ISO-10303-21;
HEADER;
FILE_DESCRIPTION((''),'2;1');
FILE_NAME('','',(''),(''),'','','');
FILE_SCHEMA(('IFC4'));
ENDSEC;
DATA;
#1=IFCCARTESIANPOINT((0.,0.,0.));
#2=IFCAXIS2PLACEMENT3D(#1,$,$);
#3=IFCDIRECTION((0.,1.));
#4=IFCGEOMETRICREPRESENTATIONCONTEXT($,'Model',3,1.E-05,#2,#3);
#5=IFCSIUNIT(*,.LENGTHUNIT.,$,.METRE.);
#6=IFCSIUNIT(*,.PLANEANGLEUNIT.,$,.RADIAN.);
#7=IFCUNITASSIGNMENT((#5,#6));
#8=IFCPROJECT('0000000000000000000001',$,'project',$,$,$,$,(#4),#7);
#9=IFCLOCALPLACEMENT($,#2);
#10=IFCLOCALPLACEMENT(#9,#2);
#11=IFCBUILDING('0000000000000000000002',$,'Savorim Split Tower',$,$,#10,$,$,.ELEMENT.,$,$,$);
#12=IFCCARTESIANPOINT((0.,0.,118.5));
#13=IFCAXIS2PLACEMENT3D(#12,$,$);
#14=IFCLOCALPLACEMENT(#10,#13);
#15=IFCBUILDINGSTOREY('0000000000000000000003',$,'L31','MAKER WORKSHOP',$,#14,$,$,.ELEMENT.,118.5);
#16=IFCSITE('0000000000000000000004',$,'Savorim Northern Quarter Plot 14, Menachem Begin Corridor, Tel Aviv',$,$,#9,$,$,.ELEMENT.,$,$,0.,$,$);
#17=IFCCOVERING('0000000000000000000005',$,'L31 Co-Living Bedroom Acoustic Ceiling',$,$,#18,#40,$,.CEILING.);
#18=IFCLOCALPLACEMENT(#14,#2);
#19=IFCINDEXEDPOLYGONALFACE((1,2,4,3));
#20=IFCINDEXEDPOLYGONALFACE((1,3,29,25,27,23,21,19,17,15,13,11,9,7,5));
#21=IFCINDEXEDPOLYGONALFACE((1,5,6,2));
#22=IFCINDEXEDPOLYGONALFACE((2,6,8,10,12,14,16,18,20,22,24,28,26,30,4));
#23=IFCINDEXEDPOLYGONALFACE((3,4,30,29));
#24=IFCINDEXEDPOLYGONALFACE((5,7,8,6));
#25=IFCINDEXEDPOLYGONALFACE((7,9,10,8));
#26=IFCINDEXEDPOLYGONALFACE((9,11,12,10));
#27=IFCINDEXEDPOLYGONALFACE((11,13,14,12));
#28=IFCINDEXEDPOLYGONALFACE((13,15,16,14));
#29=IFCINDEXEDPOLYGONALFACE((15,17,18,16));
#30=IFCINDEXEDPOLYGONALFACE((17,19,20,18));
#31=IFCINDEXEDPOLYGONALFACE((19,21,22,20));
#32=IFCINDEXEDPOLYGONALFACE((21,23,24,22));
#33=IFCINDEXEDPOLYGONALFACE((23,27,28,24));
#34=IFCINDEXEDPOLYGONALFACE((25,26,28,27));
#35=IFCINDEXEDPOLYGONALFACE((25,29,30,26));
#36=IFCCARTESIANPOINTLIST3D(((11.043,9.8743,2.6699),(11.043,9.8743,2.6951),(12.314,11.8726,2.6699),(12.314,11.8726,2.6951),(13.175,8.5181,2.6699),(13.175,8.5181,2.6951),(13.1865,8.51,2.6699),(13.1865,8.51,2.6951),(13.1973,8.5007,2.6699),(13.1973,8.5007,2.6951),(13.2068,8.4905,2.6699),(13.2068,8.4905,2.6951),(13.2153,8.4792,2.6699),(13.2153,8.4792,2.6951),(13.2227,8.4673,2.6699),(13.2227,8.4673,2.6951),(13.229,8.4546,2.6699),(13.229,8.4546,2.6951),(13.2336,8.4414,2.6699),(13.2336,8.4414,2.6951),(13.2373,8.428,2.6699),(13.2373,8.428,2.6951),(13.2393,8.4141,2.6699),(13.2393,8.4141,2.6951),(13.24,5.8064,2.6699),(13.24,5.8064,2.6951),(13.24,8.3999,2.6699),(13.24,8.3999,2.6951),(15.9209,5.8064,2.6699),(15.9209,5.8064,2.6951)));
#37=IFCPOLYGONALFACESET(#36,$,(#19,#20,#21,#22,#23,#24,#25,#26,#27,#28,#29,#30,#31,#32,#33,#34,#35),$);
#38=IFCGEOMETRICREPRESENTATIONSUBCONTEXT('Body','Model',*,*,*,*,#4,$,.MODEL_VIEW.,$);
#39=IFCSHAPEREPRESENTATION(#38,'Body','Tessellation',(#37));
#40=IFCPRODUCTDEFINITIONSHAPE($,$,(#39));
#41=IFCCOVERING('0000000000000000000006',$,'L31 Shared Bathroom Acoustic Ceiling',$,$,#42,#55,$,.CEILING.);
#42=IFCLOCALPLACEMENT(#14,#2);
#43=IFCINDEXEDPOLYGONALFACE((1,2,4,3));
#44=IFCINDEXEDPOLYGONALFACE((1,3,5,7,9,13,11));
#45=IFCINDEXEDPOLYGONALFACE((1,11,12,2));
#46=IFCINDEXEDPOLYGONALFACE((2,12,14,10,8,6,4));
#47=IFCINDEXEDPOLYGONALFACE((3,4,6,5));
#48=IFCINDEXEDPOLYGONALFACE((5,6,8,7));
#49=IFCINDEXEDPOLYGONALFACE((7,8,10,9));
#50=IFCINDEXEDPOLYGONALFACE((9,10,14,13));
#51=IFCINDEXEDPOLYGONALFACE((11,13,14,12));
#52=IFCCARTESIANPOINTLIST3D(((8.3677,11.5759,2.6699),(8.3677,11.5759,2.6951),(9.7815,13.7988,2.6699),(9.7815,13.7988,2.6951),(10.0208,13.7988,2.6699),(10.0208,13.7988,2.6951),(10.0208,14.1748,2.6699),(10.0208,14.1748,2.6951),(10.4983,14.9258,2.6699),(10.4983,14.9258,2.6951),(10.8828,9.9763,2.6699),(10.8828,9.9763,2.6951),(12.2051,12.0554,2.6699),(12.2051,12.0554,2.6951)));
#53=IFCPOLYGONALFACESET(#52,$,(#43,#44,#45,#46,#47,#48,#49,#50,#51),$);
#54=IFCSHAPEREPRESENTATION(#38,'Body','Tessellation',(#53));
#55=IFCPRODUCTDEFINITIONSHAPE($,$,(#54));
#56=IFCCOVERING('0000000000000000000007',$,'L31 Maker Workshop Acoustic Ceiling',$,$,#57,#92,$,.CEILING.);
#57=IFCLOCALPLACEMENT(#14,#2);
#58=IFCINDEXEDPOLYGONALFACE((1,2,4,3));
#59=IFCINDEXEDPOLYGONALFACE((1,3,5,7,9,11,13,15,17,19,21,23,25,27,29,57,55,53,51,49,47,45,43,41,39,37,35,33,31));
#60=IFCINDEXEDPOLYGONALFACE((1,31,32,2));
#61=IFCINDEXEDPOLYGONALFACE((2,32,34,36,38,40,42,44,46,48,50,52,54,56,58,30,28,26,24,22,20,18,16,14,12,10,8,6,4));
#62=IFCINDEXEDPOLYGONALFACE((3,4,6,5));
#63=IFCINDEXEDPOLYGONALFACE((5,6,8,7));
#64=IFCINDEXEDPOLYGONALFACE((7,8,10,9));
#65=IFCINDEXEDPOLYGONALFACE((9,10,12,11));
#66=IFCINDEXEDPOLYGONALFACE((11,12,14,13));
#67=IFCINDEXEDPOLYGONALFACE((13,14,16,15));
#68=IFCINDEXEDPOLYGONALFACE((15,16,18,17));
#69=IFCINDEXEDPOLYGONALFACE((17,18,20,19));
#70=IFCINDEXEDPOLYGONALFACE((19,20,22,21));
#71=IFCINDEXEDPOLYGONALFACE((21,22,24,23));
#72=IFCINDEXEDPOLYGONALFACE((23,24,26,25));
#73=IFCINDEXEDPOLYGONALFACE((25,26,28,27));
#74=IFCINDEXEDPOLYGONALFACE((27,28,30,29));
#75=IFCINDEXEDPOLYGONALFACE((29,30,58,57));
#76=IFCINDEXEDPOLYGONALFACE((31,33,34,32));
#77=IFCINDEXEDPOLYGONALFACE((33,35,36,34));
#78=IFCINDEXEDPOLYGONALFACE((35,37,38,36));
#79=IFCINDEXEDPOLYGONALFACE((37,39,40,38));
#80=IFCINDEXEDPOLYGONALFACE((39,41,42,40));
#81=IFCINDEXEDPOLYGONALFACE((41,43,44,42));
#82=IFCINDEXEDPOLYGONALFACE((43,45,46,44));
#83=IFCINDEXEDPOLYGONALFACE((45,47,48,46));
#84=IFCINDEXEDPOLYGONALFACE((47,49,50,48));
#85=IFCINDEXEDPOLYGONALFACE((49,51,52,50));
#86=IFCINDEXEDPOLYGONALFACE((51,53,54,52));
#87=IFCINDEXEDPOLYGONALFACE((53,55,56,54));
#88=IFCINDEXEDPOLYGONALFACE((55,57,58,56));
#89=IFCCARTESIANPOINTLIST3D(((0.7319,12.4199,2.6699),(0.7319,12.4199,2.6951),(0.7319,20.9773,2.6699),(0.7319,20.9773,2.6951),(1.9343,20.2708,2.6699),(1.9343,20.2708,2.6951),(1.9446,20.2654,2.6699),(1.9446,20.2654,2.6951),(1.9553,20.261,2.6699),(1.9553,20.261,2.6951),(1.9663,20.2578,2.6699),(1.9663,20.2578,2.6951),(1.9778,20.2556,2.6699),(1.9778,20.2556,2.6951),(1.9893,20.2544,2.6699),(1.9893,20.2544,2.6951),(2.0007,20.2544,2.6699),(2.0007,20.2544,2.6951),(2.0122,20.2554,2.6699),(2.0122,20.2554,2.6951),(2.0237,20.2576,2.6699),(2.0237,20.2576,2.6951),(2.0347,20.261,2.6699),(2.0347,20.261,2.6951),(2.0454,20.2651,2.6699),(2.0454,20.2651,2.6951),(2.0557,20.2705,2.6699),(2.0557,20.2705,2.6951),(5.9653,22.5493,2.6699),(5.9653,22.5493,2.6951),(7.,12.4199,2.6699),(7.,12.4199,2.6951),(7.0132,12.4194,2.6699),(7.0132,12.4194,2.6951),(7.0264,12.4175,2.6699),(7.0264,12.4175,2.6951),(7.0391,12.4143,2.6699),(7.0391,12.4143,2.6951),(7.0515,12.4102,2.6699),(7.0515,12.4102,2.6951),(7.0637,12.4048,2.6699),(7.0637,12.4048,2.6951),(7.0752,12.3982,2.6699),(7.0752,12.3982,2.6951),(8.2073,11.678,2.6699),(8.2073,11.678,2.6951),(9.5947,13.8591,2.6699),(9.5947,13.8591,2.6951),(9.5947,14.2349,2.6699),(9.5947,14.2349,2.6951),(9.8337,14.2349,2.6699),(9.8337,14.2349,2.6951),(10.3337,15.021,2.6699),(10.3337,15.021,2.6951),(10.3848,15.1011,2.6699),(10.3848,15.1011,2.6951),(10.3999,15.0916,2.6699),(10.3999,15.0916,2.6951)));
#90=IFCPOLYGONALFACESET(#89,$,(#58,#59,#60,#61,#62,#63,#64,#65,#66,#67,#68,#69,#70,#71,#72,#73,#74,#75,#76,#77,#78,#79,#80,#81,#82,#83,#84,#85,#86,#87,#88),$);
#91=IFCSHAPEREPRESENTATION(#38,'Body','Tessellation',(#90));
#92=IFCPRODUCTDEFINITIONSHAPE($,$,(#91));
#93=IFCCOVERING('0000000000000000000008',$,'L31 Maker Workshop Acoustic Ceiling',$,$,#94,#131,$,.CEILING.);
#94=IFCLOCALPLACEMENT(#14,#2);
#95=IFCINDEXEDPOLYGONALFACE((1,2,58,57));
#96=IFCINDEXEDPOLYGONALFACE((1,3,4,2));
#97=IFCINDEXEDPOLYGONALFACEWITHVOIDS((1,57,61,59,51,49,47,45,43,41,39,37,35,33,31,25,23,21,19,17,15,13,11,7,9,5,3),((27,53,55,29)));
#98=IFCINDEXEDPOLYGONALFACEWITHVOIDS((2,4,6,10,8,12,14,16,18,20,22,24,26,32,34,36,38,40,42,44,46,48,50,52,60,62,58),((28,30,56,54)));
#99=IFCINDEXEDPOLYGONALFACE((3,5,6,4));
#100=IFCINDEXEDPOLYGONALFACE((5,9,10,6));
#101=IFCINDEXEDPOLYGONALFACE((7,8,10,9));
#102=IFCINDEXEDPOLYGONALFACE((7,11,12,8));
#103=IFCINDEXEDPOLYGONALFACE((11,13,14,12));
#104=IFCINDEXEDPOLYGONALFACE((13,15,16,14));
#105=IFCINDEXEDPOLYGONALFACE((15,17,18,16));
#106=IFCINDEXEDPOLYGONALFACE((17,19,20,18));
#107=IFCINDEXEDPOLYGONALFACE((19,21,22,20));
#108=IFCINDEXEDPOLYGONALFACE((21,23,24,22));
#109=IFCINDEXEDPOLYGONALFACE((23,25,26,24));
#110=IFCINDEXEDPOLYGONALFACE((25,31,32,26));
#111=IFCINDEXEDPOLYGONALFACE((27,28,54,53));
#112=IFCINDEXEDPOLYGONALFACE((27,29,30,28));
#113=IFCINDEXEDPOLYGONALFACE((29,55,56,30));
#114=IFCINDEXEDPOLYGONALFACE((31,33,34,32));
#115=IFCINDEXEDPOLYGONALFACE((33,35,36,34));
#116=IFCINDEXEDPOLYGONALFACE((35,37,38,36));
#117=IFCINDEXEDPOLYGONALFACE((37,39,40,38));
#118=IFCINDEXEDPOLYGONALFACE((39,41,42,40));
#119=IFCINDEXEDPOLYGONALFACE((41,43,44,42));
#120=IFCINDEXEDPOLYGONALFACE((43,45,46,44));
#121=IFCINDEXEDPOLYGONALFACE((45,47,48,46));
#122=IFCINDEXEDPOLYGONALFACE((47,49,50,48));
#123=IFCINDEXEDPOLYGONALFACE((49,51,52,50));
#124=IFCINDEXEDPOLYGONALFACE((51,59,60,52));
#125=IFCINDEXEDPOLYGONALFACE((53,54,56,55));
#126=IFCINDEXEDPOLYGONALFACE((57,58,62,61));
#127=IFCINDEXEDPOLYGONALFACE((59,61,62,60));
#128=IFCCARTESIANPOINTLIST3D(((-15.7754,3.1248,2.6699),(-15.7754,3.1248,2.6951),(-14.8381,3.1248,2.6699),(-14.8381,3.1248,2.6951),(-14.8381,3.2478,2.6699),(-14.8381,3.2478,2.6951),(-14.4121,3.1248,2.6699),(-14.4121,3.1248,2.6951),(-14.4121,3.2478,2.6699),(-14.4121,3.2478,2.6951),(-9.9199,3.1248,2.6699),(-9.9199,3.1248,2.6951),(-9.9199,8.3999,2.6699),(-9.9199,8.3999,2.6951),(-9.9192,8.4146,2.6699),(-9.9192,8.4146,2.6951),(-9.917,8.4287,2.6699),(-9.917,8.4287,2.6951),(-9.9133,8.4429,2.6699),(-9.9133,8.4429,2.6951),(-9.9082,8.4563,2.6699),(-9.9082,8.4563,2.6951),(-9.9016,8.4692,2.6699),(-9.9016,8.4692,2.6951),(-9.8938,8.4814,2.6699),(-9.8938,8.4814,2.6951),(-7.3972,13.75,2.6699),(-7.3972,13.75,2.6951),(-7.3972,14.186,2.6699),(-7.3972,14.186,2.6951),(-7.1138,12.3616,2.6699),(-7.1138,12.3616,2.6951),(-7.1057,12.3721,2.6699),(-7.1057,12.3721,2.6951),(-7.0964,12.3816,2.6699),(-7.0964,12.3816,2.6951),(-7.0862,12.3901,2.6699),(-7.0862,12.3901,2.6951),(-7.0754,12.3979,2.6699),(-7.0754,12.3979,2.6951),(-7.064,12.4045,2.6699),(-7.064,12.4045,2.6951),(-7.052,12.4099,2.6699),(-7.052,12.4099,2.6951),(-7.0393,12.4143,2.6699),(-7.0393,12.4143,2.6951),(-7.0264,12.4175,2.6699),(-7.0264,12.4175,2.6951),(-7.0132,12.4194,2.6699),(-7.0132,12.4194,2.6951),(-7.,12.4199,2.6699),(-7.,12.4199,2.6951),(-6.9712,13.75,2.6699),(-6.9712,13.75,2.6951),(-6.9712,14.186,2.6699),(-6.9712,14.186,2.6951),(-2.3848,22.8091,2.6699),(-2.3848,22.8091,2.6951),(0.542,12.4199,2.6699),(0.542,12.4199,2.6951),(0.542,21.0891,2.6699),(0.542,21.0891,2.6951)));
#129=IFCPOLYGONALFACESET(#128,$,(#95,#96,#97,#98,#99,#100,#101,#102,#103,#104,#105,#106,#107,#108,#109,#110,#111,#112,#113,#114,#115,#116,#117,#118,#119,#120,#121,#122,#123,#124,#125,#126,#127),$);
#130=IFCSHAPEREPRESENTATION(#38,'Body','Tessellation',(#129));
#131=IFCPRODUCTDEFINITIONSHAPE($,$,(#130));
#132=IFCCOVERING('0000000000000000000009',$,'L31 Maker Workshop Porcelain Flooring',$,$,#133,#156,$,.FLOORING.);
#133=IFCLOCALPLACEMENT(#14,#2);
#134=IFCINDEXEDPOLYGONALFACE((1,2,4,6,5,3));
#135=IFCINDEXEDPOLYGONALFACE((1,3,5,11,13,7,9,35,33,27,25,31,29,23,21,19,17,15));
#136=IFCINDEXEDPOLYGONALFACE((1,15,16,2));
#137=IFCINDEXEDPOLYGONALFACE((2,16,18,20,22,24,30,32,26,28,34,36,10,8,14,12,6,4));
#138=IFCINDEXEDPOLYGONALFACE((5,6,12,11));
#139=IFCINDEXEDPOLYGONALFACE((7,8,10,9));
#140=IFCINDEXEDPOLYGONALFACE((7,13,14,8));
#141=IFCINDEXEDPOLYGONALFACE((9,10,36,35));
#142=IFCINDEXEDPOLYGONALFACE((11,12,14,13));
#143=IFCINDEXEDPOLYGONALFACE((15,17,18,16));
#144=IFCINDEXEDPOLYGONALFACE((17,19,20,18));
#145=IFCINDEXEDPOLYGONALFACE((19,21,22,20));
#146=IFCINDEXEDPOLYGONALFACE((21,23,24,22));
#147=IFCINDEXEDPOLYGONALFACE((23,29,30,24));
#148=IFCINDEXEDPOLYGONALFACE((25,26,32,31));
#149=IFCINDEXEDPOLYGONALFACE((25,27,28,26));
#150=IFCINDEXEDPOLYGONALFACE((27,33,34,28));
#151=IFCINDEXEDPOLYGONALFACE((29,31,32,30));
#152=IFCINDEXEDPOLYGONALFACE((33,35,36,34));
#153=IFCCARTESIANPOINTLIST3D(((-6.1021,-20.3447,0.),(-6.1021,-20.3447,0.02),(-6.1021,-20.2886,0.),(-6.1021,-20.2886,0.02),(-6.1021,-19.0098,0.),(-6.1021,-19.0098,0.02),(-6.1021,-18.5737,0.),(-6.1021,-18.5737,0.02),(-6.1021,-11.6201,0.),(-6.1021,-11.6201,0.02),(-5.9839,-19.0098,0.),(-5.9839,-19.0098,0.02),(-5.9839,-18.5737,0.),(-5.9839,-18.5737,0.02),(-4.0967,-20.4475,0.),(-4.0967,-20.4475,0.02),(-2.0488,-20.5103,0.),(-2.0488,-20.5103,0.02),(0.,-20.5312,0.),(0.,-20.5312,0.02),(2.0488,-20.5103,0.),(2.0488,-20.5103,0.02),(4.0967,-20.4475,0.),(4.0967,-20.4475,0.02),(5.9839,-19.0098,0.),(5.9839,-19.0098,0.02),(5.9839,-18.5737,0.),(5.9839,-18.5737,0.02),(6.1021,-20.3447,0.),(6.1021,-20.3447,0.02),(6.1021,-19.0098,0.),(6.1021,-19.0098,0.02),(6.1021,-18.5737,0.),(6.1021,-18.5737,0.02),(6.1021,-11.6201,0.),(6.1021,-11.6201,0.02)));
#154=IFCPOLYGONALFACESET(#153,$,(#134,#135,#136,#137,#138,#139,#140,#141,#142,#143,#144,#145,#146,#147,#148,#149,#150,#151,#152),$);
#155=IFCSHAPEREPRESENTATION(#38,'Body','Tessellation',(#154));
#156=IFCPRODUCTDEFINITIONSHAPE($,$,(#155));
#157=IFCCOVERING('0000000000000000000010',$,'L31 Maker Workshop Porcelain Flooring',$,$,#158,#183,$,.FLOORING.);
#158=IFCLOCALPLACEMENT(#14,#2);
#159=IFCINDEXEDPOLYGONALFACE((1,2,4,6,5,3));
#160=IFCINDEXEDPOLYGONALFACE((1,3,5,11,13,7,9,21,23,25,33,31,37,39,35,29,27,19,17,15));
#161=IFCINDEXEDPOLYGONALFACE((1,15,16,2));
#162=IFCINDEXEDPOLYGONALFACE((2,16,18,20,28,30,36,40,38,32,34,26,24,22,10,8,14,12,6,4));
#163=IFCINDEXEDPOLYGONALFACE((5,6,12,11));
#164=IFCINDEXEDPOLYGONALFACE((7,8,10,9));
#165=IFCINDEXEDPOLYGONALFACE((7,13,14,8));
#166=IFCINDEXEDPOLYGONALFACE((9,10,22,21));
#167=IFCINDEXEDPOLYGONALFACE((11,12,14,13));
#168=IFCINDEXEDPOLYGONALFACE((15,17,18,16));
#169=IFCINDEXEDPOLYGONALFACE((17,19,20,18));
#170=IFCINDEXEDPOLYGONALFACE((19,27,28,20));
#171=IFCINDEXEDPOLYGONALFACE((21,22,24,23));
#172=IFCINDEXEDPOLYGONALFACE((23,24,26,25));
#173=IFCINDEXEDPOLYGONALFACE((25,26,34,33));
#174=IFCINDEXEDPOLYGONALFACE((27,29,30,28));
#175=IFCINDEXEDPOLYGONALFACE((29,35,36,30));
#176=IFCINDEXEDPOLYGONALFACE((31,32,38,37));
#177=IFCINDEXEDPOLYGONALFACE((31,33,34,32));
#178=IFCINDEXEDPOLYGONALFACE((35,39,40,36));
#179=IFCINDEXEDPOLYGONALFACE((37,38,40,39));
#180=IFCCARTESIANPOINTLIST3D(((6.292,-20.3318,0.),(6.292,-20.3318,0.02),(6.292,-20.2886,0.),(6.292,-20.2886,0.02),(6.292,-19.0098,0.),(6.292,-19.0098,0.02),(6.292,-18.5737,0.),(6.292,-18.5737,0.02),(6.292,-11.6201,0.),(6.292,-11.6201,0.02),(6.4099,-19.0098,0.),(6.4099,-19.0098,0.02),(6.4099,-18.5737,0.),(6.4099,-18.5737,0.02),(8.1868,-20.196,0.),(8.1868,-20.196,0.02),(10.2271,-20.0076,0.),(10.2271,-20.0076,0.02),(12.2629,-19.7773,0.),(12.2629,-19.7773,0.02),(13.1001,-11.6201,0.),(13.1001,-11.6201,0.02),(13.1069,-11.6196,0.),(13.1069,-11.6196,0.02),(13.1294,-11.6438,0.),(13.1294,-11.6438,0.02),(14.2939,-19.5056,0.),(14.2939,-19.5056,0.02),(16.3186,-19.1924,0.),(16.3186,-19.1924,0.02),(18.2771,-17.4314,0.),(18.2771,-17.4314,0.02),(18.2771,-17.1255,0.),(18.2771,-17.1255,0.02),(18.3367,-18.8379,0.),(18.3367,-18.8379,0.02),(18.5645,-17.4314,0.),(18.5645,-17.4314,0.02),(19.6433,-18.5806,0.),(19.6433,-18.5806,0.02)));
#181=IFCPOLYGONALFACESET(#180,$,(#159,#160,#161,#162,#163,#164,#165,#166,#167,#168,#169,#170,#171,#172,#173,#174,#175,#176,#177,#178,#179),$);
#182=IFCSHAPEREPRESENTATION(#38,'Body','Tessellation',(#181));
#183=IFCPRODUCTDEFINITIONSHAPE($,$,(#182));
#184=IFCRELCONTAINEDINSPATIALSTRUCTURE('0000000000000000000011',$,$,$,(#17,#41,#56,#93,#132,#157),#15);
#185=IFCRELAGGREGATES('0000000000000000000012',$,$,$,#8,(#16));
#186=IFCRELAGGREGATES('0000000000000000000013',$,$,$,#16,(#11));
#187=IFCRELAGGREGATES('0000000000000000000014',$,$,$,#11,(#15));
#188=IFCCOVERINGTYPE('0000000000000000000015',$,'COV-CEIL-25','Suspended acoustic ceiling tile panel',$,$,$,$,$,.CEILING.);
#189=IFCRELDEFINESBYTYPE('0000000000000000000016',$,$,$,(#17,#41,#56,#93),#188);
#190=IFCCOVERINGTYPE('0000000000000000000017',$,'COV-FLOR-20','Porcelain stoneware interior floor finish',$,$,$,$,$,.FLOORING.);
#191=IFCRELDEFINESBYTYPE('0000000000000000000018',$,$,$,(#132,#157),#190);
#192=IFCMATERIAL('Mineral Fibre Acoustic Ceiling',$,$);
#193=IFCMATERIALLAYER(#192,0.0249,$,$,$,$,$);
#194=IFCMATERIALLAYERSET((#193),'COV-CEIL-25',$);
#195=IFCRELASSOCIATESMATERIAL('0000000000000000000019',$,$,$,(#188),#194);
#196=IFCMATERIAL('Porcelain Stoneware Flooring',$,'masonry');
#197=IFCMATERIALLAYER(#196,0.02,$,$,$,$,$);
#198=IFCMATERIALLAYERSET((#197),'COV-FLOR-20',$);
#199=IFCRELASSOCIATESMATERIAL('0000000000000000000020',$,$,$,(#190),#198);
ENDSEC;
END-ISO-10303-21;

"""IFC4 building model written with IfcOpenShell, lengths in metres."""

from ifc_helpers import new_model, si_unit, direction, frame, origin, place, context, subcontext, project, spatial, polyline, outline, extrude, material, layer, layer_set, type_object, element, save


model = new_model("IFC4")

# Units and contexts
model_context = context("Model", 3, precision=1e-05, world=origin(), true_north=direction((0.0, 1.0)))
body_context = subcontext(model_context, "Body", "Model", "MODEL_VIEW")
ifc_project = project(units=[si_unit("LENGTHUNIT", "METRE"), si_unit("PLANEANGLEUNIT", "RADIAN")], contexts=[model_context])

# Site, building, storey
site_placement = place(None, origin())
site = spatial("IfcSite", under=ifc_project, at=site_placement, Name="Savorim Northern Quarter Plot 14, Menachem Begin Corridor, Tel Aviv", CompositionType="ELEMENT", RefElevation=0.0)
building_placement = place(site_placement, origin())
building = spatial("IfcBuilding", under=site, at=building_placement, Name="Savorim Split Tower", CompositionType="ELEMENT")
storey_placement = place(building_placement, frame((0.0, 0.0, 118.5)))
storey = spatial("IfcBuildingStorey", under=building, at=storey_placement, Name="L31", Description="MAKER WORKSHOP", CompositionType="ELEMENT", Elevation=118.5)

# Coverings
ifc_material_1 = material(Name="Mineral Fibre Acoustic Ceiling")
ifc_layer_1 = layer(ifc_material_1, 0.0249)
ifc_layer_set_1 = layer_set([ifc_layer_1], Name="COV-CEIL-25")
covering_type_1 = type_object("IfcCoveringType", Name="COV-CEIL-25", Description="Suspended acoustic ceiling tile panel", PredefinedType="CEILING", material=ifc_layer_set_1)
covering_1_placement = place(storey_placement, frame((0.0, 0.0, 2.6699)))
element("IfcCovering", 1, at=covering_1_placement, inside=storey, type_object=covering_type_1, Name="L31 Co-Living Bedroom Acoustic Ceiling", PredefinedType="CEILING", context=body_context, shape_type="SweptSolid", body=[
    extrude(outline(polyline([(13.2373, 8.428), (13.2393, 8.4141), (13.24, 8.3999), (13.24, 5.8064), (15.9209, 5.8064), (12.314, 11.8726), (11.043, 9.8743), (13.175, 8.5181), (13.1865, 8.51), (13.1973, 8.5007), (13.2068, 8.4905), (13.2153, 8.4792), (13.2227, 8.4673), (13.229, 8.4546), (13.2336, 8.4414), (13.2373, 8.428)])), origin(), (0.0, 0.0, 1.0), 0.0251),
])
covering_2_placement = place(storey_placement, frame((0.0, 0.0, 2.6699)))
element("IfcCovering", 2, at=covering_2_placement, inside=storey, type_object=covering_type_1, Name="L31 Shared Bathroom Acoustic Ceiling", PredefinedType="CEILING", context=body_context, shape_type="SweptSolid", body=[
    extrude(outline(polyline([(9.7815, 13.7988), (8.3677, 11.5759), (8.3677, 11.5759), (10.8828, 9.9763), (12.2051, 12.0554), (10.4983, 14.9258), (10.0208, 14.1748), (10.0208, 13.7988), (9.7815, 13.7988)])), origin(), (0.0, 0.0, 1.0), 0.0251),
])
covering_3_placement = place(storey_placement, frame((0.0, 0.0, 2.6699)))
element("IfcCovering", 3, at=covering_3_placement, inside=storey, type_object=covering_type_1, Name="L31 Maker Workshop Acoustic Ceiling", PredefinedType="CEILING", context=body_context, shape_type="SweptSolid", body=[
    extrude(outline(polyline([(1.9553, 20.261), (1.9446, 20.2654), (1.9343, 20.2708), (0.7319, 20.9773), (0.7319, 12.4199), (7.0, 12.4199), (7.0132, 12.4194), (7.0264, 12.4175), (7.0391, 12.4143), (7.0515, 12.4102), (7.0637, 12.4048), (7.0752, 12.3982), (8.2073, 11.678), (9.5947, 13.8591), (9.5947, 14.2349), (9.8337, 14.2349), (10.3337, 15.021), (10.3848, 15.1011), (10.3999, 15.0916), (5.9653, 22.5493), (2.0557, 20.2705), (2.0454, 20.2651), (2.0347, 20.261), (2.0237, 20.2576), (2.0122, 20.2554), (2.0007, 20.2544), (1.9893, 20.2544), (1.9778, 20.2556), (1.9663, 20.2578), (1.9553, 20.261)])), origin(), (0.0, 0.0, 1.0), 0.0251),
])
covering_4_placement = place(storey_placement, frame((0.0, 0.0, 2.6699)))
element("IfcCovering", 4, at=covering_4_placement, inside=storey, type_object=covering_type_1, Name="L31 Maker Workshop Acoustic Ceiling", PredefinedType="CEILING", context=body_context, shape_type="SweptSolid", body=[
    extrude(outline(polyline([(-7.0, 12.4199), (0.542, 12.4199), (0.542, 21.0891), (-2.3848, 22.8091), (-15.7754, 3.1248), (-14.8381, 3.1248), (-14.8381, 3.2478), (-14.4121, 3.2478), (-14.4121, 3.1248), (-9.9199, 3.1248), (-9.9199, 8.3999), (-9.9192, 8.4146), (-9.917, 8.4287), (-9.9133, 8.4429), (-9.9082, 8.4563), (-9.9016, 8.4692), (-9.8938, 8.4814), (-7.1138, 12.3616), (-7.1057, 12.3721), (-7.0964, 12.3816), (-7.0862, 12.3901), (-7.0754, 12.3979), (-7.064, 12.4045), (-7.052, 12.4099), (-7.0393, 12.4143), (-7.0264, 12.4175), (-7.0132, 12.4194), (-7.0, 12.4199)]), holes=[polyline([(-6.9712, 14.186), (-7.3972, 14.186), (-7.3972, 13.75), (-6.9712, 13.75), (-6.9712, 14.186)])]), origin(), (0.0, 0.0, 1.0), 0.0251),
])
ifc_material_2 = material(Name="Porcelain Stoneware Flooring", Category="masonry")
ifc_layer_2 = layer(ifc_material_2, 0.02)
ifc_layer_set_2 = layer_set([ifc_layer_2], Name="COV-FLOR-20")
covering_type_2 = type_object("IfcCoveringType", Name="COV-FLOR-20", Description="Porcelain stoneware interior floor finish", PredefinedType="FLOORING", material=ifc_layer_set_2)
covering_5_placement = place(storey_placement, origin())
element("IfcCovering", 5, at=covering_5_placement, inside=storey, type_object=covering_type_2, Name="L31 Maker Workshop Porcelain Flooring", PredefinedType="FLOORING", context=body_context, shape_type="SweptSolid", body=[
    extrude(outline(polyline([(-2.0488, -20.5103), (0.0, -20.5312), (2.0488, -20.5103), (4.0967, -20.4475), (6.1021, -20.3447), (6.1021, -19.0098), (5.9839, -19.0098), (5.9839, -18.5737), (6.1021, -18.5737), (6.1021, -11.6201), (-6.1021, -11.6201), (-6.1021, -18.5737), (-5.9839, -18.5737), (-5.9839, -19.0098), (-6.1021, -19.0098), (-6.1021, -20.2886), (-6.1021, -20.3447), (-4.0967, -20.4475), (-2.0488, -20.5103)])), origin(), (0.0, 0.0, 1.0), 0.02),
])
covering_6_placement = place(storey_placement, origin())
element("IfcCovering", 6, at=covering_6_placement, inside=storey, type_object=covering_type_2, Name="L31 Maker Workshop Porcelain Flooring", PredefinedType="FLOORING", context=body_context, shape_type="SweptSolid", body=[
    extrude(outline(polyline([(12.2629, -19.7773), (14.2939, -19.5056), (16.3186, -19.1924), (18.3367, -18.8379), (19.6433, -18.5806), (18.5645, -17.4314), (18.2771, -17.4314), (18.2771, -17.1255), (13.1294, -11.6438), (13.1069, -11.6196), (13.1001, -11.6201), (6.292, -11.6201), (6.292, -18.5737), (6.4099, -18.5737), (6.4099, -19.0098), (6.292, -19.0098), (6.292, -20.2886), (6.292, -20.3318), (8.1868, -20.196), (10.2271, -20.0076), (12.2629, -19.7773)])), origin(), (0.0, 0.0, 1.0), 0.02),
])

save(model, "model.ifc")
